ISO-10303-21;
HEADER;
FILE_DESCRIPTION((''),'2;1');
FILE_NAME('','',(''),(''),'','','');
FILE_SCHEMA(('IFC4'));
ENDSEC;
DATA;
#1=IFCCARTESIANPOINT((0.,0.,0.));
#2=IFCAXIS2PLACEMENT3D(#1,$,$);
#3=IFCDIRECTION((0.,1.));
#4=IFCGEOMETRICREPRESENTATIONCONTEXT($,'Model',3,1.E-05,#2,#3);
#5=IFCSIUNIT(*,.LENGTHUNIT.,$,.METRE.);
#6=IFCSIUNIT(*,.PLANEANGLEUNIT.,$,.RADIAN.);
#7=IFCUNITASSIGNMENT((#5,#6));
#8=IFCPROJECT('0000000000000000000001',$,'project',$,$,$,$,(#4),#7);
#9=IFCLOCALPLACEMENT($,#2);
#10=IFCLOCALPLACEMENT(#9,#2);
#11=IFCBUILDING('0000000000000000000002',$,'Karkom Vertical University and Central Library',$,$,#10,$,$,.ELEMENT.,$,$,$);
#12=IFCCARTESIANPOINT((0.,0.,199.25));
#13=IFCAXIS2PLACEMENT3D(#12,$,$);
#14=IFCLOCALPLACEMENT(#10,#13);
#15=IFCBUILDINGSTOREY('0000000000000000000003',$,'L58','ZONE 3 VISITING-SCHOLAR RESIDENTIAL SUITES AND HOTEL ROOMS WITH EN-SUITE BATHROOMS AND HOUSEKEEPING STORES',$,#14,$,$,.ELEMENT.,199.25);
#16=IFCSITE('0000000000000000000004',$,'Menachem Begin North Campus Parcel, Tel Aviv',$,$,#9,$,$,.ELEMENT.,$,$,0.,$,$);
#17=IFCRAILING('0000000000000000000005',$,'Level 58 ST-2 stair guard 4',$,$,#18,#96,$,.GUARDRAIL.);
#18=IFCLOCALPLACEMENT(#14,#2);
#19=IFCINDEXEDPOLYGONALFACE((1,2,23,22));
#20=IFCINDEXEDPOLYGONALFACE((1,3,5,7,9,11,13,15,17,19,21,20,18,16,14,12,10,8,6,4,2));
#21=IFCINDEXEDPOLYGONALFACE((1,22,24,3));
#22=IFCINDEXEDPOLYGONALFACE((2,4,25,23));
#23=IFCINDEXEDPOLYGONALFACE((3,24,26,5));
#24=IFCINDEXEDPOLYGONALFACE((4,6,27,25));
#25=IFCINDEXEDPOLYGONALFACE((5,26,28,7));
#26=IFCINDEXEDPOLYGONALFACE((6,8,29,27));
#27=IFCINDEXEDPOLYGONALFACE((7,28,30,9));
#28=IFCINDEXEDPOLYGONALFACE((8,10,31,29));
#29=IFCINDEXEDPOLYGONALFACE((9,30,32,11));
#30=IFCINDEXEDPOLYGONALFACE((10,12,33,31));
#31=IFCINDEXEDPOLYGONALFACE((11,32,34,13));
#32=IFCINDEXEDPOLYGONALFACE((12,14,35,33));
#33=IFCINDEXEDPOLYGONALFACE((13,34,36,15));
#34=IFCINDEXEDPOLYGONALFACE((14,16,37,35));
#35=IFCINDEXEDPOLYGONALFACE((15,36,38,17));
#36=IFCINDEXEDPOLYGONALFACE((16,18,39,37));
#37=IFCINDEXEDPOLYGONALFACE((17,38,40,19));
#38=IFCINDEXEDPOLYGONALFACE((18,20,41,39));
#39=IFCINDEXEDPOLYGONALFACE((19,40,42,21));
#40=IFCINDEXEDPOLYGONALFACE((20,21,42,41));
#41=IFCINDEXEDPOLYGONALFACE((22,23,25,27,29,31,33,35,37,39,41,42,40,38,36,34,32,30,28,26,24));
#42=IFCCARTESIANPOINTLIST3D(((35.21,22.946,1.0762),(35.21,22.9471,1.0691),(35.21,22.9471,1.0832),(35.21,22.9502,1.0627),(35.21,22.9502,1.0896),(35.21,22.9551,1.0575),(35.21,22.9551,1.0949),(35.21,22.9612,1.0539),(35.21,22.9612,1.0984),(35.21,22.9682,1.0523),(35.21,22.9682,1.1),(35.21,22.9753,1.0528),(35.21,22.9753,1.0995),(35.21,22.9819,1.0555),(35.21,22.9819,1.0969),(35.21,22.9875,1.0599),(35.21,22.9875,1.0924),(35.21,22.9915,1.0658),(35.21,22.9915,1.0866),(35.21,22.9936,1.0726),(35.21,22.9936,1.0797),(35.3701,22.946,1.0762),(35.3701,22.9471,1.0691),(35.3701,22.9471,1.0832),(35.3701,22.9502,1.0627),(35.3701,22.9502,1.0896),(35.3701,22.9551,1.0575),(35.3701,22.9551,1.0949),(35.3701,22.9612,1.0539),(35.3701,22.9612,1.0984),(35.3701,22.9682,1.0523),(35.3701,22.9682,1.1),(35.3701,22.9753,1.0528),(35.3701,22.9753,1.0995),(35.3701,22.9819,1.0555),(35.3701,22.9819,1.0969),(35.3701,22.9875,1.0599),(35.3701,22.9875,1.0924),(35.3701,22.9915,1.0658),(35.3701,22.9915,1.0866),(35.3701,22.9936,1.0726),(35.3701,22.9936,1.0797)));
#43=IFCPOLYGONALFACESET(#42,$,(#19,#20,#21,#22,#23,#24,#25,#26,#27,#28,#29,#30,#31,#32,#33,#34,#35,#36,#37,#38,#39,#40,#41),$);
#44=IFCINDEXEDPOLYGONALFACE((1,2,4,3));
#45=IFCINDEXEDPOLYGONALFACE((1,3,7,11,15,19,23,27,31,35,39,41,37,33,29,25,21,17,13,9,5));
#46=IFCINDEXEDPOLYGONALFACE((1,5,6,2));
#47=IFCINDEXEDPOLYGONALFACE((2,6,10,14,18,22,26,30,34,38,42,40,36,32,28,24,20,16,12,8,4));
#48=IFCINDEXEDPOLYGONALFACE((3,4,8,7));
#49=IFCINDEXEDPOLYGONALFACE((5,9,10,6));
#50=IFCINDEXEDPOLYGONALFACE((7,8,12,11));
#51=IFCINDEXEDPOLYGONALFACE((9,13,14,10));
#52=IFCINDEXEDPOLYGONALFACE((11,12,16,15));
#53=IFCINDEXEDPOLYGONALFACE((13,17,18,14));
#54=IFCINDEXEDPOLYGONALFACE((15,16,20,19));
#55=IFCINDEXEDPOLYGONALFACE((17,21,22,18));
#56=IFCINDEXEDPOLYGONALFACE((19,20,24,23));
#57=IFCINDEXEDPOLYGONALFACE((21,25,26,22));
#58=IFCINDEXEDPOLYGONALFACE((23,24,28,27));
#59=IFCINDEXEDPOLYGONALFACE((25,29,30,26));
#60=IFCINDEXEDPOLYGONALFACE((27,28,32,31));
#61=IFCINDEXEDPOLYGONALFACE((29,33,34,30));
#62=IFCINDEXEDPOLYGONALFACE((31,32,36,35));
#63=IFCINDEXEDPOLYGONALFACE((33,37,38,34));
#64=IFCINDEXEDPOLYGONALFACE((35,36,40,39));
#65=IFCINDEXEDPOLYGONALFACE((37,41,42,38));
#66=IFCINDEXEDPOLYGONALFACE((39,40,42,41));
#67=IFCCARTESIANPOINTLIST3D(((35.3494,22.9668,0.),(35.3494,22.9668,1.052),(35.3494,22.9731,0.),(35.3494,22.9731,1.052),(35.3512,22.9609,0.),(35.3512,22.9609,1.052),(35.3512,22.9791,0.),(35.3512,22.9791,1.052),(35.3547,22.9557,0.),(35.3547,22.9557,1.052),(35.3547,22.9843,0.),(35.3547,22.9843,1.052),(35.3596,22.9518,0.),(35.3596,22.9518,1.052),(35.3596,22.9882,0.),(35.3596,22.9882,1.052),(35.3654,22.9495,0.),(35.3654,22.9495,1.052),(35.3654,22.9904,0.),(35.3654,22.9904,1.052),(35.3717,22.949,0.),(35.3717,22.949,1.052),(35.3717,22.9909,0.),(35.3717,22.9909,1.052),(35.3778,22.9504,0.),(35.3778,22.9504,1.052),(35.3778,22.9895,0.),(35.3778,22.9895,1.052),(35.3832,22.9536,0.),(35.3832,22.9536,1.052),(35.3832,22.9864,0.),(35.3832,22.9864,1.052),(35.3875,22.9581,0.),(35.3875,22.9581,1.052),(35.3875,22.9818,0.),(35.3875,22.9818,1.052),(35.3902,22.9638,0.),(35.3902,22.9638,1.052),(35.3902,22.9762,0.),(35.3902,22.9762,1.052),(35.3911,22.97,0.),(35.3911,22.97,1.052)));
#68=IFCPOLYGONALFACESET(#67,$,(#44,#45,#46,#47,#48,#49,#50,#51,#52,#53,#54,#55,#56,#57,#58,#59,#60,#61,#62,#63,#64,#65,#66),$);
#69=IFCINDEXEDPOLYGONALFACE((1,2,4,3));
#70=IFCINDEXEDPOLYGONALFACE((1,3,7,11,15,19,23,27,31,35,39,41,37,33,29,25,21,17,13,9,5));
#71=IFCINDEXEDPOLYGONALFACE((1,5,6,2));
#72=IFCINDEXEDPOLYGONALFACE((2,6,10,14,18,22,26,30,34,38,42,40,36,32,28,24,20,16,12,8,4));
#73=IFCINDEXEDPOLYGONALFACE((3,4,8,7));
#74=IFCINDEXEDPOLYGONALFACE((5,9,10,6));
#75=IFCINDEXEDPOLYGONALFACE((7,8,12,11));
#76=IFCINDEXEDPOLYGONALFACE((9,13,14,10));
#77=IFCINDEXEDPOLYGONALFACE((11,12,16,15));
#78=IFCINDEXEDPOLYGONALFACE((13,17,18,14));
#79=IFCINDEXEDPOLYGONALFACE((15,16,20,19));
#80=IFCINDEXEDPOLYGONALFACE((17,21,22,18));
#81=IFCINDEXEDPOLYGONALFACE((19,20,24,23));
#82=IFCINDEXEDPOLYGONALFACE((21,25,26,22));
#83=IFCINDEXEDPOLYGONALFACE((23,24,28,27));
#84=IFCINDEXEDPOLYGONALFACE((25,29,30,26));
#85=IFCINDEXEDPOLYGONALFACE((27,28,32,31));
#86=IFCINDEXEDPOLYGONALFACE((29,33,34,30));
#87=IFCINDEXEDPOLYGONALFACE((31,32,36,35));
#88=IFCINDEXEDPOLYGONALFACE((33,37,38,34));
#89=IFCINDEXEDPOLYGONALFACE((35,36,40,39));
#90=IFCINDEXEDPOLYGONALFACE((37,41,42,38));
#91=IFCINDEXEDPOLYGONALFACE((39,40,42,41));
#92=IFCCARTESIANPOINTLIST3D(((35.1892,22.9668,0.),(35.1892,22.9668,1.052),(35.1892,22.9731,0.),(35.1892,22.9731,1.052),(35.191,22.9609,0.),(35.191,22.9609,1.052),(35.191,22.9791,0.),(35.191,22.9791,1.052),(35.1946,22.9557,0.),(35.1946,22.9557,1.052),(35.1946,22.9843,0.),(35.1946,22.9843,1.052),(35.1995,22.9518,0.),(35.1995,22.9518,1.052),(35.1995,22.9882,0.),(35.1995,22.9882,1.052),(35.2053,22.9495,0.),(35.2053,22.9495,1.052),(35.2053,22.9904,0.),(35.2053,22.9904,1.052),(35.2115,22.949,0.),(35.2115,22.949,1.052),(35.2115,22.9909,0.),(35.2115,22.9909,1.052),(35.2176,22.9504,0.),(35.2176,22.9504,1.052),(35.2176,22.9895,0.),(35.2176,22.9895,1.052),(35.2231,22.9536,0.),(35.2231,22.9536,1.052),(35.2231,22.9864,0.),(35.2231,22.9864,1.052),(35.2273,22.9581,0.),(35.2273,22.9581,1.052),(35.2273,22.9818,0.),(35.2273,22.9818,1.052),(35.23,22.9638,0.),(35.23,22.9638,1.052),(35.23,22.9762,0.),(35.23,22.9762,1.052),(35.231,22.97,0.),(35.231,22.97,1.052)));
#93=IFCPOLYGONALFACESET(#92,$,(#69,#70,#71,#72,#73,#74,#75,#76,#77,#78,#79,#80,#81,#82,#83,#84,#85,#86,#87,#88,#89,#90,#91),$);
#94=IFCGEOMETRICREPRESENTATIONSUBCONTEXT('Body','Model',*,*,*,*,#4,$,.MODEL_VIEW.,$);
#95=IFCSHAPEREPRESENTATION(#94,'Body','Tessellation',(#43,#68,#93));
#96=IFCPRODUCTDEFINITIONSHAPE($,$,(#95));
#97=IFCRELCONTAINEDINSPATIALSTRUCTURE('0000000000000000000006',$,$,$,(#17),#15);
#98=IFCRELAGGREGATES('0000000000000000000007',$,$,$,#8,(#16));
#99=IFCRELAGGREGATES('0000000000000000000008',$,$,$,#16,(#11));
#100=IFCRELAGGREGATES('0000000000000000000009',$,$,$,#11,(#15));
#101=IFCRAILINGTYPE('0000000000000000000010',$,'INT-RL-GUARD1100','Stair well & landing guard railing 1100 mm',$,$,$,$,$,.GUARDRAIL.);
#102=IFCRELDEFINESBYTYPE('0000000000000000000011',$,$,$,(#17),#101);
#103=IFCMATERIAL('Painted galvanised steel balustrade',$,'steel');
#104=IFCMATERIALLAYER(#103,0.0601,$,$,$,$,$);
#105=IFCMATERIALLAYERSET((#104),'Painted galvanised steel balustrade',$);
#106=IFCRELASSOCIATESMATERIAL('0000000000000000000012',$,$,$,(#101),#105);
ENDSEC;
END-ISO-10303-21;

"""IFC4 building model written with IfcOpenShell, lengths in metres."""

from ifc_helpers import new_model, si_unit, direction, frame, origin, origin_2d, place, context, subcontext, project, spatial, circle, extrude, material, layer, layer_set, type_object, element, save


model = new_model("IFC4")

# Units and contexts
model_context = context("Model", 3, precision=1e-05, world=origin(), true_north=direction((0.0, 1.0)))
body_context = subcontext(model_context, "Body", "Model", "MODEL_VIEW")
ifc_project = project(units=[si_unit("LENGTHUNIT", "METRE"), si_unit("PLANEANGLEUNIT", "RADIAN")], contexts=[model_context])

# Site, building, storey
site_placement = place(None, origin())
site = spatial("IfcSite", under=ifc_project, at=site_placement, Name="Menachem Begin North Campus Parcel, Tel Aviv", CompositionType="ELEMENT", RefElevation=0.0)
building_placement = place(site_placement, origin())
building = spatial("IfcBuilding", under=site, at=building_placement, Name="Karkom Vertical University and Central Library", CompositionType="ELEMENT")
storey_placement = place(building_placement, frame((0.0, 0.0, 199.25)))
storey = spatial("IfcBuildingStorey", under=building, at=storey_placement, Name="L58", Description="ZONE 3 VISITING-SCHOLAR RESIDENTIAL SUITES AND HOTEL ROOMS WITH EN-SUITE BATHROOMS AND HOUSEKEEPING STORES", CompositionType="ELEMENT", Elevation=199.25)

# Railing
ifc_material_1 = material(Name="Painted galvanised steel balustrade", Category="steel")
ifc_layer_1 = layer(ifc_material_1, 0.0601)
ifc_layer_set_1 = layer_set([ifc_layer_1], Name="Painted galvanised steel balustrade")
railing_type_1 = type_object("IfcRailingType", Name="INT-RL-GUARD1100", Description="Stair well & landing guard railing 1100 mm", PredefinedType="GUARDRAIL", material=ifc_layer_set_1)
railing_1_placement = place(storey_placement, frame((35.3701, 22.97, 0.0)))
element("IfcRailing", 1, at=railing_1_placement, inside=storey, type_object=railing_type_1, Name="Level 58 ST-2 stair guard 4", PredefinedType="GUARDRAIL", context=body_context, shape_type="SweptSolid", body=[
    extrude(circle(Radius=0.0239, at=origin_2d()), frame((0.0, 0.0, 1.0762), z_axis=(-1.0, 0.0, 0.0), x_axis=(0.0, -1.0, 0.0)), (0.0, 0.0, 1.0), 0.1602),
    extrude(circle(Radius=0.021, at=origin_2d()), origin(), (0.0, 0.0, 1.0), 1.052),
    extrude(circle(Radius=0.021, at=origin_2d()), frame((-0.1602, 0.0, 0.0)), (0.0, 0.0, 1.0), 1.052),
])

save(model, "model.ifc")
